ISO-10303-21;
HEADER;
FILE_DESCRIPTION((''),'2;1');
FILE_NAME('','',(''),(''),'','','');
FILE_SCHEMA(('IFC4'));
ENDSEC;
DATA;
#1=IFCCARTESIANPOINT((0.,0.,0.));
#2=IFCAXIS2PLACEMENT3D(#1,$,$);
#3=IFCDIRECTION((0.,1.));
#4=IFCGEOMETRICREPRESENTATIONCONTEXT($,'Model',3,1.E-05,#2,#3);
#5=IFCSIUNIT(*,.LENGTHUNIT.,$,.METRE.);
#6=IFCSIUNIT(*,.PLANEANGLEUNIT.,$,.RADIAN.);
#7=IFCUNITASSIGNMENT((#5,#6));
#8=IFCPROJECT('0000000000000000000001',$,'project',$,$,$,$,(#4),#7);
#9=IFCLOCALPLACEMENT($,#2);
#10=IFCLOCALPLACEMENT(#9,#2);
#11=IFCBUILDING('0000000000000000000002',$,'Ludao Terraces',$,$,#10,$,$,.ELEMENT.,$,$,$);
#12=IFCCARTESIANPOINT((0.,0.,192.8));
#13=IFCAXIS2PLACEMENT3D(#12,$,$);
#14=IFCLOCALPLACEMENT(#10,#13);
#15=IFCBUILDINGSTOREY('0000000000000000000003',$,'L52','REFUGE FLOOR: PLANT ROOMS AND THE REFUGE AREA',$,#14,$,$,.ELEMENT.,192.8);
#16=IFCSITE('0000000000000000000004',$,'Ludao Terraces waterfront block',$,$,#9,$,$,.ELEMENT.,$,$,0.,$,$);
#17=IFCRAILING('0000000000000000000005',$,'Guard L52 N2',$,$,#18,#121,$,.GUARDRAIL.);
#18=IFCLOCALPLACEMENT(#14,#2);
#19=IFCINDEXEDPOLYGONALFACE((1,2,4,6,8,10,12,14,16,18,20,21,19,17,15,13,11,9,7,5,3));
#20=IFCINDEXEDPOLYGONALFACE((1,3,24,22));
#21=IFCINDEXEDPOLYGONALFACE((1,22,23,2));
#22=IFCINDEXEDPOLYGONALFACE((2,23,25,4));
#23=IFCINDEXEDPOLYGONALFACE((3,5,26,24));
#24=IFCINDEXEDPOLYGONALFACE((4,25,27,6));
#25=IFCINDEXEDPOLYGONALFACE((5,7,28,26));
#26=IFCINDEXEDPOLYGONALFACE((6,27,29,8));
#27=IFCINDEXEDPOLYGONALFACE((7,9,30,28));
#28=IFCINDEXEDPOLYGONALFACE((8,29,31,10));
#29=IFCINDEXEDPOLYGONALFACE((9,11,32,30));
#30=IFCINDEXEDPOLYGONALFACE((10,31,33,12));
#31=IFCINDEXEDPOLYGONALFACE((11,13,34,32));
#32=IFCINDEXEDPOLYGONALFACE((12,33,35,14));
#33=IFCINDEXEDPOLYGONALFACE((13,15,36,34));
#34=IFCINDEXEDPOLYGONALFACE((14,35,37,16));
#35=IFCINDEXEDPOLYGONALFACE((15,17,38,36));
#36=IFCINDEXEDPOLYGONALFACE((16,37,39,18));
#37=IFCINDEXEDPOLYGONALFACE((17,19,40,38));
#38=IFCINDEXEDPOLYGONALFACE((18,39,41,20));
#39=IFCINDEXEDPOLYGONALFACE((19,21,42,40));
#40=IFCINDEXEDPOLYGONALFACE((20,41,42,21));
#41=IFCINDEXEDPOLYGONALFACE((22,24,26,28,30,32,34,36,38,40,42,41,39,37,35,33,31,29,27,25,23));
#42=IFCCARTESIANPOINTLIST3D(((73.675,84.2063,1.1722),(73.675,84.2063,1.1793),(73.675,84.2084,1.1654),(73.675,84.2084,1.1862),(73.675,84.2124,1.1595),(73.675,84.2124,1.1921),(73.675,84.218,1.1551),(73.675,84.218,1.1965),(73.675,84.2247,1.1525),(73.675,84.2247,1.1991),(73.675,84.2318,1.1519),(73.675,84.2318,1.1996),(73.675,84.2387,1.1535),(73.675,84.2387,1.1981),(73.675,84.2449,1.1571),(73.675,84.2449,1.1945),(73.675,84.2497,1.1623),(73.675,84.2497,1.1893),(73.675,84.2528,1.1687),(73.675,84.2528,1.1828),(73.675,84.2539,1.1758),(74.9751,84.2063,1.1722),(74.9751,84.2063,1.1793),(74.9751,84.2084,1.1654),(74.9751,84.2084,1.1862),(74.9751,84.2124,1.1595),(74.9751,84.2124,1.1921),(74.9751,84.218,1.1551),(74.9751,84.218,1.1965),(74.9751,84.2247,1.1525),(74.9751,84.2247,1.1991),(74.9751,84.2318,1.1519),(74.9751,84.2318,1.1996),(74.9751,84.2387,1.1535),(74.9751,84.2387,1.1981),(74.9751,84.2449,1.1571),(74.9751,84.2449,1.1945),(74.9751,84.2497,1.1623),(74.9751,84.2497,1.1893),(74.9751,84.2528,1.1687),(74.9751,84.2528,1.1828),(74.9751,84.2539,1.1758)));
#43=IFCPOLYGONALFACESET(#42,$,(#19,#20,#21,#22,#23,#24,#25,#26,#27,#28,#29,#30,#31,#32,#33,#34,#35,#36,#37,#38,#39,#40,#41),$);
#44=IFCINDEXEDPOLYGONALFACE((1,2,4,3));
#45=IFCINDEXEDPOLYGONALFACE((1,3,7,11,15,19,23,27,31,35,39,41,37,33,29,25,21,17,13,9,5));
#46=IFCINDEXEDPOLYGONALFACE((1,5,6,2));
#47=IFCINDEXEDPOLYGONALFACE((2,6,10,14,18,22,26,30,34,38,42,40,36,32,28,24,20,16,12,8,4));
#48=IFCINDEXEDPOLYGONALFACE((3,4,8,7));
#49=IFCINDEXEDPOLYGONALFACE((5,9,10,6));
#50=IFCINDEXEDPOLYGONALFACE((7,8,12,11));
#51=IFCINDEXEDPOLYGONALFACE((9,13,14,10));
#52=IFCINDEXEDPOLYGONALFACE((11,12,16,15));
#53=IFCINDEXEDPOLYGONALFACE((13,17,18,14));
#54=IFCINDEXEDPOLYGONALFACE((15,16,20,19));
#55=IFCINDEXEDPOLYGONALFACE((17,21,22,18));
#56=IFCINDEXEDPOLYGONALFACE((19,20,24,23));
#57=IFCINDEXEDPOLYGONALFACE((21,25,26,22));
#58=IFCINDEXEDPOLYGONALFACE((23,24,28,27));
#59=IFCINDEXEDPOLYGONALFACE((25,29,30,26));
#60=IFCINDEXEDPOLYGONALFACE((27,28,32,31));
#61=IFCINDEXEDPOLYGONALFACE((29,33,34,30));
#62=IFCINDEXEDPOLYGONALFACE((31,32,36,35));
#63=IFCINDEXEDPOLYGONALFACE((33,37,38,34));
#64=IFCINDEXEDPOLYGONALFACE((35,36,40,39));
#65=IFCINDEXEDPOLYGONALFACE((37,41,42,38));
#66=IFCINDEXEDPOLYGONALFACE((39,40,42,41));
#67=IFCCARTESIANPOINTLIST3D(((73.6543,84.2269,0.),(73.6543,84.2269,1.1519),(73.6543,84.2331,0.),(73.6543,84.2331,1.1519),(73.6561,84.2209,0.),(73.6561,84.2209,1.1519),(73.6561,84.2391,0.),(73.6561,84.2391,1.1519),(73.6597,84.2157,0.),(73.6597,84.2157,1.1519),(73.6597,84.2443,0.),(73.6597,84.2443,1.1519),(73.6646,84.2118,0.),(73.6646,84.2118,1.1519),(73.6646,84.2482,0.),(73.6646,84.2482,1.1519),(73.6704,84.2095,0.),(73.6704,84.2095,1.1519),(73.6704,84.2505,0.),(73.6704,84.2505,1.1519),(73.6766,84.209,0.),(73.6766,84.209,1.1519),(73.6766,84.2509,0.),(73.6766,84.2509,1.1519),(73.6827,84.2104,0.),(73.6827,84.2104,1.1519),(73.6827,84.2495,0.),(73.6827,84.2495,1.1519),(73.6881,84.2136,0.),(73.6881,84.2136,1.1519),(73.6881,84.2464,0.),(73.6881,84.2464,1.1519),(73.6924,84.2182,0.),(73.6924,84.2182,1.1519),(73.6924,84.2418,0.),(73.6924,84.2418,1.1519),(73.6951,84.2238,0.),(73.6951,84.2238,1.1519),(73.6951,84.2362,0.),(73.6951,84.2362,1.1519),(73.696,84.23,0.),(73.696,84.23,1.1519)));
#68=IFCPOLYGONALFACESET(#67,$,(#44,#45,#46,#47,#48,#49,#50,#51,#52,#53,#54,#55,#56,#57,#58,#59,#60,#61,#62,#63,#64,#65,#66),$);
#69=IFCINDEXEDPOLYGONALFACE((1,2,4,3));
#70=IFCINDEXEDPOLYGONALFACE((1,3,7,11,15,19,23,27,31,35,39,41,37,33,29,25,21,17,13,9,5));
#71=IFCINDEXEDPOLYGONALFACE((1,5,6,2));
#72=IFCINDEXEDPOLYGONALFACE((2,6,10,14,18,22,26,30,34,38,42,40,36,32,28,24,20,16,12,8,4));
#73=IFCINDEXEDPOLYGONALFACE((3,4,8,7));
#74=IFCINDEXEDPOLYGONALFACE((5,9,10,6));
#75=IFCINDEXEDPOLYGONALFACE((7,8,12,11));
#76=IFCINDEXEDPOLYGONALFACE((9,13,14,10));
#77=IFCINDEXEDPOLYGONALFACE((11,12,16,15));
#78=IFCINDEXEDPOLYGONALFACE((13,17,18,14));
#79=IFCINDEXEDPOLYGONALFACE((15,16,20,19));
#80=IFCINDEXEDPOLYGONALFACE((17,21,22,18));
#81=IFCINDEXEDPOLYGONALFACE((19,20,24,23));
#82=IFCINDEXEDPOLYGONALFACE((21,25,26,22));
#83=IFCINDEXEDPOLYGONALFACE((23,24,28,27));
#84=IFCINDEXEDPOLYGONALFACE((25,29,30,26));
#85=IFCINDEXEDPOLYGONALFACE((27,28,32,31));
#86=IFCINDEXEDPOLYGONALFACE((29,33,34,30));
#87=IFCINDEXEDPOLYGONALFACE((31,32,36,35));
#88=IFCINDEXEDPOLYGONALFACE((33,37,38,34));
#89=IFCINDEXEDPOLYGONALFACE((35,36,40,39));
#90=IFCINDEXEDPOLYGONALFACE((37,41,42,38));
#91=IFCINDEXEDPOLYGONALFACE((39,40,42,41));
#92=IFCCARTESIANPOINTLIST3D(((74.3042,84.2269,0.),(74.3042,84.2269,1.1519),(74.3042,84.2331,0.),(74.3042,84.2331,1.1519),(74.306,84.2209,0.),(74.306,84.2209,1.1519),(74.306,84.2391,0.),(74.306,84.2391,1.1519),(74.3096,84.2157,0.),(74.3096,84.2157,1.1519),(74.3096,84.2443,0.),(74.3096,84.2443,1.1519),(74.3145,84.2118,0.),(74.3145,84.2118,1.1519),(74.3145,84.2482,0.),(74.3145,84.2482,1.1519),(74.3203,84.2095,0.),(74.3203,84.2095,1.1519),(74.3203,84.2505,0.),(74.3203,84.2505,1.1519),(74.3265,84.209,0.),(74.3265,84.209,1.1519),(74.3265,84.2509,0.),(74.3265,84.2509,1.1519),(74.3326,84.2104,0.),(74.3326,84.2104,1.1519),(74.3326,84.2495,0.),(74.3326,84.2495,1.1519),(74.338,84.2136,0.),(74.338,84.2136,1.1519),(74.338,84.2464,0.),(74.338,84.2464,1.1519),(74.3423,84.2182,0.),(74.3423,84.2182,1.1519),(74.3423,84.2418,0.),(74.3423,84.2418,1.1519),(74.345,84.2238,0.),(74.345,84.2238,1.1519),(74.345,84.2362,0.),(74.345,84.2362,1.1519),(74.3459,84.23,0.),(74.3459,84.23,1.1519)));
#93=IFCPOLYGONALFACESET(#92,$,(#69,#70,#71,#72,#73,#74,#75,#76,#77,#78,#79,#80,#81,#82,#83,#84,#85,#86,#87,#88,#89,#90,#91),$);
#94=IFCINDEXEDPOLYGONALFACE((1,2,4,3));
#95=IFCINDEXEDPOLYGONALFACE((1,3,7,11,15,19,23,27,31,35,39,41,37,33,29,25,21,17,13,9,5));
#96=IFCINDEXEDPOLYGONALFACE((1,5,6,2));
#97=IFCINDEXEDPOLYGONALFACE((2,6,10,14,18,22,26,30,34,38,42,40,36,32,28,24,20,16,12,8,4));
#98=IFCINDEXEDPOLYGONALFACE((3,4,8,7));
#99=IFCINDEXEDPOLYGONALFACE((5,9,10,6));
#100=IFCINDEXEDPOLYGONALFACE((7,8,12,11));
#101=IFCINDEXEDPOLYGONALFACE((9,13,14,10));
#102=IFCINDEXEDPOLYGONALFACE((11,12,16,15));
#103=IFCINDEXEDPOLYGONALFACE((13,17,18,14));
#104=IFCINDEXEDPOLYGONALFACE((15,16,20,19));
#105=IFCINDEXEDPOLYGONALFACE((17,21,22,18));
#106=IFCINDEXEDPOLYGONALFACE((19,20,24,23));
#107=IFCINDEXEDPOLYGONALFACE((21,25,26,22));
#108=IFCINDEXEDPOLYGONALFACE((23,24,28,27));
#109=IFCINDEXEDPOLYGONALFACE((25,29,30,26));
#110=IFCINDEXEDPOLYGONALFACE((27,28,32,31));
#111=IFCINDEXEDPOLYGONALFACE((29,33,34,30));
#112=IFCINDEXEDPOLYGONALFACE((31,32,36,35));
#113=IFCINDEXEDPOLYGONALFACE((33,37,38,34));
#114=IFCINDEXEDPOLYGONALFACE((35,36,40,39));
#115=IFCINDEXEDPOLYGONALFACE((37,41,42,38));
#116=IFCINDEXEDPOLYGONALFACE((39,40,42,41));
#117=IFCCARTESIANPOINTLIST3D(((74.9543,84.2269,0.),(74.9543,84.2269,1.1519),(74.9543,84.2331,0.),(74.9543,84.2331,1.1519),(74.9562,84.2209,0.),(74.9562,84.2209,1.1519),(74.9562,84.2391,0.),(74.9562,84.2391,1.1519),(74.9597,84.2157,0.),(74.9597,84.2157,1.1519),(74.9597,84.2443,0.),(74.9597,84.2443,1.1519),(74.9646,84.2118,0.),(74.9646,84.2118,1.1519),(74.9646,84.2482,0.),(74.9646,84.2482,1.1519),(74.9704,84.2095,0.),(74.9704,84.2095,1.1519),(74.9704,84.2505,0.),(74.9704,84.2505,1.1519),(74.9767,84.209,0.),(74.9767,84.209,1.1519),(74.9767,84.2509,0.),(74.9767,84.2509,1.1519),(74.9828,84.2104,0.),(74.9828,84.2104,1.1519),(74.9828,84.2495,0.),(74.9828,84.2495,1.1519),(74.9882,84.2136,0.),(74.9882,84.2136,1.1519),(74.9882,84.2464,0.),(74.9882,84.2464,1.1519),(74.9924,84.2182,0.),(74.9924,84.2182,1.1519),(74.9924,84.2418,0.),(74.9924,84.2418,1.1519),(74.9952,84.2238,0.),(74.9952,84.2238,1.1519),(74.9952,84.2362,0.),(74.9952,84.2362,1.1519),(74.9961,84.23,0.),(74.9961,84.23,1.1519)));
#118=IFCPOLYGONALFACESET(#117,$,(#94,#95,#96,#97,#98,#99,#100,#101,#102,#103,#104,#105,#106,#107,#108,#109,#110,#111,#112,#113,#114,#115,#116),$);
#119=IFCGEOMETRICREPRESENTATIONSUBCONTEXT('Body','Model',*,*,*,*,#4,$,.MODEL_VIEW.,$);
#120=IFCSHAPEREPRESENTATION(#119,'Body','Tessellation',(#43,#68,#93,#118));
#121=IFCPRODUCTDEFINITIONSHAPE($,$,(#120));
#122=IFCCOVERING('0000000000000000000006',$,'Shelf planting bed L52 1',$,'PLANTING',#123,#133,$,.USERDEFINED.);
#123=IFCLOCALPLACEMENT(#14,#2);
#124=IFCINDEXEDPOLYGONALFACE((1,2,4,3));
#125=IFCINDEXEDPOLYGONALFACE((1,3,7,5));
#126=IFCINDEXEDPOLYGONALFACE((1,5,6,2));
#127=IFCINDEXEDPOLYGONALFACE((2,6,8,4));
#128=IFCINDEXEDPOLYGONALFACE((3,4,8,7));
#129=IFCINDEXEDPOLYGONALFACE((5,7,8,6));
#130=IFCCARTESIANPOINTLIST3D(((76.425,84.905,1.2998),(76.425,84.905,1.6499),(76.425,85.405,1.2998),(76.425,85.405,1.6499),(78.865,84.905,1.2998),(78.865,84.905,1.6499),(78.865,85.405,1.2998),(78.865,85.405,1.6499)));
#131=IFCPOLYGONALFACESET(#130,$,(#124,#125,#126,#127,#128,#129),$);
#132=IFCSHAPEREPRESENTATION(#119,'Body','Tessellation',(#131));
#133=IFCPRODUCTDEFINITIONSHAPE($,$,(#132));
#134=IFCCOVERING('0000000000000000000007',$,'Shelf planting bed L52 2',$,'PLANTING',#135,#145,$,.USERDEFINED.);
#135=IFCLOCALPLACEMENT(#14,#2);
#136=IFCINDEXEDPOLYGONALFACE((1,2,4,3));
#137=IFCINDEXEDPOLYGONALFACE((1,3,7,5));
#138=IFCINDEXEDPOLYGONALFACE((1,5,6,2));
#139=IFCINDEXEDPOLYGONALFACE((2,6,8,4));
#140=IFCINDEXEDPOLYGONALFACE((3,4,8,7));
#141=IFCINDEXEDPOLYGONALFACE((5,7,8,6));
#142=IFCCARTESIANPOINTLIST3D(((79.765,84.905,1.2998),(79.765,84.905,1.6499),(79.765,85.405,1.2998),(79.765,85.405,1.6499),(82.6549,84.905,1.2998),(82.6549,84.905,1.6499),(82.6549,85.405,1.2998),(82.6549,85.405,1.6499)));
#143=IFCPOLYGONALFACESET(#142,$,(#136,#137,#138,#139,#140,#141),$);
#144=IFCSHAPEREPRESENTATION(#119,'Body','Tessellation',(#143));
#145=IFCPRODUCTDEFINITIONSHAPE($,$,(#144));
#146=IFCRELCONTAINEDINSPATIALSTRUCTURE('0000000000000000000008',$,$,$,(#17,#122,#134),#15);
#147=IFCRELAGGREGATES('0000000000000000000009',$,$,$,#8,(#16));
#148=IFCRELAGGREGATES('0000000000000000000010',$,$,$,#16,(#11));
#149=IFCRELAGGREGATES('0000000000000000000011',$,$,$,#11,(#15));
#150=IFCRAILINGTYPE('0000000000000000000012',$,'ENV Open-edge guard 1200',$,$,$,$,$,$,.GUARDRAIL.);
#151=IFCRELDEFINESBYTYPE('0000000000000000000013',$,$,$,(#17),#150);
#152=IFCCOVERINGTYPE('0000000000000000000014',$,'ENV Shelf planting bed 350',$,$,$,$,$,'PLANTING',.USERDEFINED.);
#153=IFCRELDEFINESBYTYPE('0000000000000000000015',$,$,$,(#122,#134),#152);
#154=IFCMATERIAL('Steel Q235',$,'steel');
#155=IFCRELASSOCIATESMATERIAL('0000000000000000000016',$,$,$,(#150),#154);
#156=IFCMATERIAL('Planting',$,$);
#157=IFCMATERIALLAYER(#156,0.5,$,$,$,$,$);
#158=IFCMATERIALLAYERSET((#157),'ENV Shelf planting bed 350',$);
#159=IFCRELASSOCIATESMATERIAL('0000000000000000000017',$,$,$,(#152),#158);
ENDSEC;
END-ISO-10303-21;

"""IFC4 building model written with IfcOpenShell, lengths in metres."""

from ifc_helpers import new_model, si_unit, direction, frame, origin, origin_2d, place, context, subcontext, project, spatial, rectangle, circle, extrude, material, layer, layer_set, type_object, element, save


model = new_model("IFC4")

# Units and contexts
model_context = context("Model", 3, precision=1e-05, world=origin(), true_north=direction((0.0, 1.0)))
body_context = subcontext(model_context, "Body", "Model", "MODEL_VIEW")
ifc_project = project(units=[si_unit("LENGTHUNIT", "METRE"), si_unit("PLANEANGLEUNIT", "RADIAN")], contexts=[model_context])

# Site, building, storey
site_placement = place(None, origin())
site = spatial("IfcSite", under=ifc_project, at=site_placement, Name="Ludao Terraces waterfront block", CompositionType="ELEMENT", RefElevation=0.0)
building_placement = place(site_placement, origin())
building = spatial("IfcBuilding", under=site, at=building_placement, Name="Ludao Terraces", CompositionType="ELEMENT")
storey_placement = place(building_placement, frame((0.0, 0.0, 192.8)))
storey = spatial("IfcBuildingStorey", under=building, at=storey_placement, Name="L52", Description="REFUGE FLOOR: PLANT ROOMS AND THE REFUGE AREA", CompositionType="ELEMENT", Elevation=192.8)

# Railing
ifc_material_1 = material(Name="Steel Q235", Category="steel")
railing_type_1 = type_object("IfcRailingType", Name="ENV Open-edge guard 1200", PredefinedType="GUARDRAIL", material=ifc_material_1)
railing_1_placement = place(storey_placement, frame((73.675, 84.23, 0.0)))
element("IfcRailing", 1, at=railing_1_placement, inside=storey, type_object=railing_type_1, Name="Guard L52 N2", PredefinedType="GUARDRAIL", context=body_context, shape_type="SweptSolid", body=[
    extrude(circle(Radius=0.0239, at=origin_2d()), frame((0.0, 0.0, 1.1758), z_axis=(1.0, 0.0, 0.0), x_axis=(0.0, 1.0, 0.0)), (0.0, 0.0, 1.0), 1.3),
    extrude(circle(Radius=0.021, at=origin_2d()), origin(), (0.0, 0.0, 1.0), 1.1519),
    extrude(circle(Radius=0.021, at=origin_2d()), frame((0.6499, 0.0, 0.0)), (0.0, 0.0, 1.0), 1.1519),
    extrude(circle(Radius=0.021, at=origin_2d()), frame((1.3, 0.0, 0.0)), (0.0, 0.0, 1.0), 1.1519),
])

# Coverings
ifc_material_2 = material(Name="Planting")
ifc_layer_1 = layer(ifc_material_2, 0.5)
ifc_layer_set_1 = layer_set([ifc_layer_1], Name="ENV Shelf planting bed 350")
covering_type_1 = type_object("IfcCoveringType", Name="ENV Shelf planting bed 350", ElementType="PLANTING", PredefinedType="USERDEFINED", material=ifc_layer_set_1)
covering_1_placement = place(storey_placement, frame((77.645, 85.155, 1.2998), z_axis=(0.0, 0.0, 1.0), x_axis=(1.0, 0.0, 0.0)))
element("IfcCovering", 2, at=covering_1_placement, inside=storey, type_object=covering_type_1, Name="Shelf planting bed L52 1", ObjectType="PLANTING", PredefinedType="USERDEFINED", context=body_context, shape_type="SweptSolid", body=[
    extrude(rectangle(XDim=2.4399, YDim=0.5, at=origin_2d()), origin(), (0.0, 0.0, 1.0), 0.3501),
])
covering_2_placement = place(storey_placement, frame((81.21, 85.155, 1.2998), z_axis=(0.0, 0.0, 1.0), x_axis=(1.0, 0.0, 0.0)))
element("IfcCovering", 3, at=covering_2_placement, inside=storey, type_object=covering_type_1, Name="Shelf planting bed L52 2", ObjectType="PLANTING", PredefinedType="USERDEFINED", context=body_context, shape_type="SweptSolid", body=[
    extrude(rectangle(XDim=2.8899, YDim=0.5, at=origin_2d()), origin(), (0.0, 0.0, 1.0), 0.3501),
])

save(model, "model.ifc")
